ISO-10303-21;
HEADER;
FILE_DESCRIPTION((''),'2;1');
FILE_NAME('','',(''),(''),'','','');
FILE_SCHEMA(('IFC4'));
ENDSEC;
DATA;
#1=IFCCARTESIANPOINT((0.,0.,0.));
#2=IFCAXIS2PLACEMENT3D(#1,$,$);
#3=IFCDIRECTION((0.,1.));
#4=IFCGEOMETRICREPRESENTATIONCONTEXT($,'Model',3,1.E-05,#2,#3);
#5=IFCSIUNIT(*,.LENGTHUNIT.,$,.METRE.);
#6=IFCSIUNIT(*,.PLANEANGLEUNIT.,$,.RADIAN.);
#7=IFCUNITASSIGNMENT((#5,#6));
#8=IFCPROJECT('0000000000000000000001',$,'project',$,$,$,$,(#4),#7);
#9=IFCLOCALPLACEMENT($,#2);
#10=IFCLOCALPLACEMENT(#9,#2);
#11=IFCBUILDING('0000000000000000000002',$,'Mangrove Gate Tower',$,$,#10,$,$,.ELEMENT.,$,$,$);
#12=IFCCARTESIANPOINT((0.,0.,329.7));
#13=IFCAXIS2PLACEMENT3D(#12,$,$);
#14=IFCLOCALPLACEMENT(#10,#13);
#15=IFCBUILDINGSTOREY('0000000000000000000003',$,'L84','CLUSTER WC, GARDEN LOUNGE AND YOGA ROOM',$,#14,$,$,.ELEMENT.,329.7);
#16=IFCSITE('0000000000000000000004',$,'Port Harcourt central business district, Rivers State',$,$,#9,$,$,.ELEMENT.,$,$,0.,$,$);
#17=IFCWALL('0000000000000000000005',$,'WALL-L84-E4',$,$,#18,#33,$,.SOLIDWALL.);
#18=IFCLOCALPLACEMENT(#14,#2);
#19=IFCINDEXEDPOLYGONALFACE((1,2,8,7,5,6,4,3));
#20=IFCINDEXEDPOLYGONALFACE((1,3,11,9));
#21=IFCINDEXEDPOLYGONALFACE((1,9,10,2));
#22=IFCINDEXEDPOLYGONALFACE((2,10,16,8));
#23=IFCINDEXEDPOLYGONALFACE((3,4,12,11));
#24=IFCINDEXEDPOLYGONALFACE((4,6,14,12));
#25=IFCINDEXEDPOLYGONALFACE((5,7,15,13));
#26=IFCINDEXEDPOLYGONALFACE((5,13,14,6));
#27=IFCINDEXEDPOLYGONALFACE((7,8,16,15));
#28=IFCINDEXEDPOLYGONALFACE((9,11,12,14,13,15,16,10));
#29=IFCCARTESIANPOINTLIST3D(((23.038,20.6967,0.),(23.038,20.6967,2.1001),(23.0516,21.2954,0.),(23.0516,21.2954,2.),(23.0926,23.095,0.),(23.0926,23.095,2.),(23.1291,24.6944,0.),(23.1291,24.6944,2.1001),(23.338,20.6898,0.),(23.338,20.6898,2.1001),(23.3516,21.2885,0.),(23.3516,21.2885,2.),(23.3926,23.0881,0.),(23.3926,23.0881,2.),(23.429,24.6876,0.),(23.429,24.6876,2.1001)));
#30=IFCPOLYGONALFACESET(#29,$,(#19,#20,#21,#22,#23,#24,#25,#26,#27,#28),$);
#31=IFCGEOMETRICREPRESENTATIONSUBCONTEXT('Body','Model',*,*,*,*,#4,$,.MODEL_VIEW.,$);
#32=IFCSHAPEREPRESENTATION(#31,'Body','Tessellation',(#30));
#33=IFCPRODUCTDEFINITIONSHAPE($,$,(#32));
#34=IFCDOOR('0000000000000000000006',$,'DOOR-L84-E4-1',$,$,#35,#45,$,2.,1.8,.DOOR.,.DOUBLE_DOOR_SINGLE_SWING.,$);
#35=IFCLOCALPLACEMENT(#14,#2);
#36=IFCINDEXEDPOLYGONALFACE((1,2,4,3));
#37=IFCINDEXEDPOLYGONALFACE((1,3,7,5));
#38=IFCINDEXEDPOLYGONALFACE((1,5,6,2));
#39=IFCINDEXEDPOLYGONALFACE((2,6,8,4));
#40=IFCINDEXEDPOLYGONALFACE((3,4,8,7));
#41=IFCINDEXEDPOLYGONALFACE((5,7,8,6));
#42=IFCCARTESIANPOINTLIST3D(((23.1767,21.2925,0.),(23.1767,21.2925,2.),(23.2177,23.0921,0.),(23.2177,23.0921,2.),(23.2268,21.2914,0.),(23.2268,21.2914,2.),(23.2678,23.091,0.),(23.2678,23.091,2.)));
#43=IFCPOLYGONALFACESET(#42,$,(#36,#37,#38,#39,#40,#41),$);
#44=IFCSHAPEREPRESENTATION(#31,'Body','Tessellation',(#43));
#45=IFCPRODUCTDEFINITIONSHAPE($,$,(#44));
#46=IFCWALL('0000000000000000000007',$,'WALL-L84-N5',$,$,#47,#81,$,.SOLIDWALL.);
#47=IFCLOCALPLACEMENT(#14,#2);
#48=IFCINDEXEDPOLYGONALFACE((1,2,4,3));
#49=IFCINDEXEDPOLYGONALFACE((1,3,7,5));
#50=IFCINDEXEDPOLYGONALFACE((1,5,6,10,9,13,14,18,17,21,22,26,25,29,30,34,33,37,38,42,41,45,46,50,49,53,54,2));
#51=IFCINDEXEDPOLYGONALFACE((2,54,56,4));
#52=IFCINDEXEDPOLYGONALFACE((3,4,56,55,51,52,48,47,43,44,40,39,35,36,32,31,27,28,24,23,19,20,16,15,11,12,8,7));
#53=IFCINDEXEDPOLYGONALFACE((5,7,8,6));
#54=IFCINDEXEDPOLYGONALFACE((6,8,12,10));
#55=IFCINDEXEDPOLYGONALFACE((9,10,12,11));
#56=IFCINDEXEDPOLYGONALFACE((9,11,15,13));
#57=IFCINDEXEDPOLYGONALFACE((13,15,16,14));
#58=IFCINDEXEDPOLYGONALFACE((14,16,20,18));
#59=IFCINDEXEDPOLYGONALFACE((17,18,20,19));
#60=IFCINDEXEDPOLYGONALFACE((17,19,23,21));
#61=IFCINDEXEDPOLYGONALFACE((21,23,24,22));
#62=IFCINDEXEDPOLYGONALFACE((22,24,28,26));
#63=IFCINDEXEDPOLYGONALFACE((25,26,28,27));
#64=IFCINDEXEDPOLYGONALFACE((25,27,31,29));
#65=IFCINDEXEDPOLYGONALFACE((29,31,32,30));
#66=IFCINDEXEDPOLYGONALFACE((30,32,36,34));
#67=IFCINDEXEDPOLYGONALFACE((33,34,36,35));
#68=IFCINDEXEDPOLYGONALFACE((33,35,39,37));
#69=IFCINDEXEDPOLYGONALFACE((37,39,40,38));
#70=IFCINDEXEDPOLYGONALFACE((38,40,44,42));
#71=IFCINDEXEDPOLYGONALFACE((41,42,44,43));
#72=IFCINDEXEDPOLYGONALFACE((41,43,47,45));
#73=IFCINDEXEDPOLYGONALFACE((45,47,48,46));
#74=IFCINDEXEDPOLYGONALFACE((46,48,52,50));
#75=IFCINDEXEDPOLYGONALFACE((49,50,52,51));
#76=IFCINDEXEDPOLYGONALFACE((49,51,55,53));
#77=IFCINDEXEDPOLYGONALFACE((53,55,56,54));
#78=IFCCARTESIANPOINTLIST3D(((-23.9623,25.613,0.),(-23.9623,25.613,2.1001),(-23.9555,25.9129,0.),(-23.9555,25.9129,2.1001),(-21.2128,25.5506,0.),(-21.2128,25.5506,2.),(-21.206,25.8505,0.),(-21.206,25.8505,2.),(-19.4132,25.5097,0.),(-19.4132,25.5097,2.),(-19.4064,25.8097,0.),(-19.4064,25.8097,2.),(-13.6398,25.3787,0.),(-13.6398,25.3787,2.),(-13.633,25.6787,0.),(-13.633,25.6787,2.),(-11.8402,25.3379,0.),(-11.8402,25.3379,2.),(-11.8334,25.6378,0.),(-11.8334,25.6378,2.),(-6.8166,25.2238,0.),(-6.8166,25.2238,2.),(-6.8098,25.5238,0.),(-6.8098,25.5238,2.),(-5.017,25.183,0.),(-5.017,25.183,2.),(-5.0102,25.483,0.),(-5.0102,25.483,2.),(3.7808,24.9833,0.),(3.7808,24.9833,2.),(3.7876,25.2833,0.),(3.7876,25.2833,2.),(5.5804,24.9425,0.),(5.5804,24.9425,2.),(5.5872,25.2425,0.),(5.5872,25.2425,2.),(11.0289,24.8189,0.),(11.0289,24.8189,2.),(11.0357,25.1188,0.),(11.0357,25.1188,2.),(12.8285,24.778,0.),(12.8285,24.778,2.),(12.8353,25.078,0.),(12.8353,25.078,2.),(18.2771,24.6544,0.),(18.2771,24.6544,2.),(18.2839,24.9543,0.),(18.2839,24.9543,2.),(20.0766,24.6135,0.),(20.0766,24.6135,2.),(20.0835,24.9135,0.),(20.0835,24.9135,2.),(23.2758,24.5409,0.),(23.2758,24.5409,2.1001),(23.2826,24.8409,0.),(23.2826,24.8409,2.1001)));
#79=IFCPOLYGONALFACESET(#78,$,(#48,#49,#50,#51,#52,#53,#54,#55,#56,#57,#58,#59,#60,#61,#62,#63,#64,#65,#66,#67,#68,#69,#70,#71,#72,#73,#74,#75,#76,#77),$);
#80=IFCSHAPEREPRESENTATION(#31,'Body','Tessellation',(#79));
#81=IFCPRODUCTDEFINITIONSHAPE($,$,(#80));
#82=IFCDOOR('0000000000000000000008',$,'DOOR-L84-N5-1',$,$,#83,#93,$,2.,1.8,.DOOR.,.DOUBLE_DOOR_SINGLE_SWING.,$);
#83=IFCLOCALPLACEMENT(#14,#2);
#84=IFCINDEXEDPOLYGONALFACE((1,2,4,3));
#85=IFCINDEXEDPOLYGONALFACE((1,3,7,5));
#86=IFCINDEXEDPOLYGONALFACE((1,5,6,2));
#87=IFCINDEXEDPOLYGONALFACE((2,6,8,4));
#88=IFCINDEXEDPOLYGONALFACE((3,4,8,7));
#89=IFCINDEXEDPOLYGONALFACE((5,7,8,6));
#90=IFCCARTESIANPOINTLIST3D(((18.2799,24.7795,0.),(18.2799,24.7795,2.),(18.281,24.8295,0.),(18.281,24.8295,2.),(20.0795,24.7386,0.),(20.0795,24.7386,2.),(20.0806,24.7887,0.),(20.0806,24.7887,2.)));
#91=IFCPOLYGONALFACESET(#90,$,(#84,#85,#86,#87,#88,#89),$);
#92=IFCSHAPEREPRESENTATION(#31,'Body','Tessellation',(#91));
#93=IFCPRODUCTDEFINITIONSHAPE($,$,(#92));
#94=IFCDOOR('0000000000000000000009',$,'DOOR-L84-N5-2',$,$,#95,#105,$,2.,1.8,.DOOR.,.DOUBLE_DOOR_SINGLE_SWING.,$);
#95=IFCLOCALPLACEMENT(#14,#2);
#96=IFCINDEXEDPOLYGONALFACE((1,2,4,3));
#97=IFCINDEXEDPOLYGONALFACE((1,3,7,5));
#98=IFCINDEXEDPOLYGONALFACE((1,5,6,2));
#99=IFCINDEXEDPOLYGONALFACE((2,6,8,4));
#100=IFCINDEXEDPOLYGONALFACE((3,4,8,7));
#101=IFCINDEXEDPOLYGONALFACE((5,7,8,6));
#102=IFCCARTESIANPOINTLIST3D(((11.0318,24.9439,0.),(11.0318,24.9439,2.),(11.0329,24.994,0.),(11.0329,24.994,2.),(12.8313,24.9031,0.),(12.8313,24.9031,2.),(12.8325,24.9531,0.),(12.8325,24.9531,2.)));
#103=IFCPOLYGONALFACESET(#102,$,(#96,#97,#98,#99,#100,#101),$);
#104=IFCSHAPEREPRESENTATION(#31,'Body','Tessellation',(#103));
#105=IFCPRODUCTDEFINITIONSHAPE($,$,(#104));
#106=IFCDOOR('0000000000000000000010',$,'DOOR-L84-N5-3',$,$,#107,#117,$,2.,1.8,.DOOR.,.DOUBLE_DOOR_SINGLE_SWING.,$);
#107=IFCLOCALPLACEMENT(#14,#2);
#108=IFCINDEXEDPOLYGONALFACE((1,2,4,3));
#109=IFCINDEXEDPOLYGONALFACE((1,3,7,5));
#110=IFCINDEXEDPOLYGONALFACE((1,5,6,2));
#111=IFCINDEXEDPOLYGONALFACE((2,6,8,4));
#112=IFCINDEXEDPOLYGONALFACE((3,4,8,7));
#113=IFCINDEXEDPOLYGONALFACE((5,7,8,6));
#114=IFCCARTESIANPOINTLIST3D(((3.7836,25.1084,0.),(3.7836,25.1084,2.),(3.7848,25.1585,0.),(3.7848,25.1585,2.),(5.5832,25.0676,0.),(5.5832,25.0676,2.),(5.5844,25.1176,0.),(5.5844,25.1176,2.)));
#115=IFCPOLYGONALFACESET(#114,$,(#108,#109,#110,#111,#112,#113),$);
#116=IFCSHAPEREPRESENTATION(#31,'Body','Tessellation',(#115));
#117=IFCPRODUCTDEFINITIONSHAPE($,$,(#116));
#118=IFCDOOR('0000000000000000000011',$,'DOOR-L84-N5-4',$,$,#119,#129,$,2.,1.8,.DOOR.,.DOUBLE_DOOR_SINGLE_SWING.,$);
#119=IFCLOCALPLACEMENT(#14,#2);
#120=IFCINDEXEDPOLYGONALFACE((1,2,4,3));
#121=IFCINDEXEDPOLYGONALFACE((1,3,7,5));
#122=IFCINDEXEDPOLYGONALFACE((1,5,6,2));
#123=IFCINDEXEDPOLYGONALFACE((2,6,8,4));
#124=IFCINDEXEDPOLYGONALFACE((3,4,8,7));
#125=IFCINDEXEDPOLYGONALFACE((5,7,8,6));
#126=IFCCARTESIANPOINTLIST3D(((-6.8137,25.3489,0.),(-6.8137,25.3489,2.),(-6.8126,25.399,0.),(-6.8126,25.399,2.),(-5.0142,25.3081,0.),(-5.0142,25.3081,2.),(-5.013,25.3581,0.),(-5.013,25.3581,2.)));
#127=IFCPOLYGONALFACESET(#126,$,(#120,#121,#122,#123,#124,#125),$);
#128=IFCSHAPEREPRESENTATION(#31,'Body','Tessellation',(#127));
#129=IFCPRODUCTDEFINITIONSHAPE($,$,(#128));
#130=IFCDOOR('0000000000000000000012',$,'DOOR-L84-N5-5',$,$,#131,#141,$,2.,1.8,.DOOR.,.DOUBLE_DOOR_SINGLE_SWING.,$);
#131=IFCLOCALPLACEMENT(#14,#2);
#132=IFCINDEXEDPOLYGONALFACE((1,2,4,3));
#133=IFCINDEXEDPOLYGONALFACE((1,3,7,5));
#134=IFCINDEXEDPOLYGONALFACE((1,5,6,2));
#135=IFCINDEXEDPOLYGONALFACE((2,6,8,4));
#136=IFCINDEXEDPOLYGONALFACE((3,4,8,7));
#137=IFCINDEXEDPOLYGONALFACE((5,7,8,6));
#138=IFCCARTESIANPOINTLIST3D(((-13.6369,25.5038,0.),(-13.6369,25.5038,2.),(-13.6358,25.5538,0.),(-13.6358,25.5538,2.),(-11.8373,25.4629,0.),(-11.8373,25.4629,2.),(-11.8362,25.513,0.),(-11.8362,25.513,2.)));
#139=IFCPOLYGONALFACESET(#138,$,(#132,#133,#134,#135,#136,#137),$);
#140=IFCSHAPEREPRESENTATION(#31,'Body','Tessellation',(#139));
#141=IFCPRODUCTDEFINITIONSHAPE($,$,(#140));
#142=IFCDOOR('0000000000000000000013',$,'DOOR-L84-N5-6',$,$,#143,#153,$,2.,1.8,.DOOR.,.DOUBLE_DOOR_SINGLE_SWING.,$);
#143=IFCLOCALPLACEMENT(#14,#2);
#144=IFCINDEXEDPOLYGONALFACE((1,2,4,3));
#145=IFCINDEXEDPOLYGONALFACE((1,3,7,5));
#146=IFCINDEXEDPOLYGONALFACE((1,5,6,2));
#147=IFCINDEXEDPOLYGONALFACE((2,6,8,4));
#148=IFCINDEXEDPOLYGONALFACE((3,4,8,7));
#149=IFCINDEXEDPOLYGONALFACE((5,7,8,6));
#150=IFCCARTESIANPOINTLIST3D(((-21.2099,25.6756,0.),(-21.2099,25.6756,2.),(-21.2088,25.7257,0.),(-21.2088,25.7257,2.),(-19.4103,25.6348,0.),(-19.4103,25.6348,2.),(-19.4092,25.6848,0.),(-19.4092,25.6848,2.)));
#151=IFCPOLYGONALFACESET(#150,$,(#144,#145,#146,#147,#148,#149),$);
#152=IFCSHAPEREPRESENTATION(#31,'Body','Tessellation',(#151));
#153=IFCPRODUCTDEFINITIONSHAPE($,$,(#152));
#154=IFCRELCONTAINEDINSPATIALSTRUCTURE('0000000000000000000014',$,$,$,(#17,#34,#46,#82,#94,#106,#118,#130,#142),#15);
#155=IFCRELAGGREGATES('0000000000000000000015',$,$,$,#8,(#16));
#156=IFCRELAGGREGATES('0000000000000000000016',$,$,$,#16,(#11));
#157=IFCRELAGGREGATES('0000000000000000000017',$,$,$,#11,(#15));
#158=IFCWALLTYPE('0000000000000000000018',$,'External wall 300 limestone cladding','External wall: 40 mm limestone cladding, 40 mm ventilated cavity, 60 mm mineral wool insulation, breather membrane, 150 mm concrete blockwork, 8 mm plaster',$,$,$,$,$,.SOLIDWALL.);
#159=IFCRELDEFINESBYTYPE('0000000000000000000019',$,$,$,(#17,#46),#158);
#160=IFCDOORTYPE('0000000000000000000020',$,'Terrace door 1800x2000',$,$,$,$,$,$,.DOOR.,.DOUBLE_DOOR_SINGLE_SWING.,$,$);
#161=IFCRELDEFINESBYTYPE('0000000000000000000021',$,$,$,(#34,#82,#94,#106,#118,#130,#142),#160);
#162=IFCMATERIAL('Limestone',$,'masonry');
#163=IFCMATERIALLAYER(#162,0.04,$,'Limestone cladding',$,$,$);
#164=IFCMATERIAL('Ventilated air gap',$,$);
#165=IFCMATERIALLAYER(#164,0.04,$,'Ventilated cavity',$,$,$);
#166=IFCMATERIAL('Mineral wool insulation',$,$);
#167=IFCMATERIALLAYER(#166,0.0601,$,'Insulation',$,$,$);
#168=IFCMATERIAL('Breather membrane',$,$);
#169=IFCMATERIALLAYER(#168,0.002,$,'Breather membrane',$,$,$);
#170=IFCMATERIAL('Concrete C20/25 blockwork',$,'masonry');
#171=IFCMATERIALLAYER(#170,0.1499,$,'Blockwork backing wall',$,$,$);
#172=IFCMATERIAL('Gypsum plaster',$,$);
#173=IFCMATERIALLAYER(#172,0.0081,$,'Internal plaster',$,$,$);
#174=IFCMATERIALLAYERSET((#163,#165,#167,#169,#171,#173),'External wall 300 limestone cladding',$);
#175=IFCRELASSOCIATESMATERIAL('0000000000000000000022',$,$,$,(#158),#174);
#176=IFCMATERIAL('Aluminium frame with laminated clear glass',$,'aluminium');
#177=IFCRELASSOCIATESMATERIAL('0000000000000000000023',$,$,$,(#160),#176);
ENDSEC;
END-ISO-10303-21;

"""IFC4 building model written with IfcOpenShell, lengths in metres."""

from ifc_helpers import new_model, si_unit, direction, frame, frame_2d, origin, place, context, subcontext, project, spatial, rectangle, extrude, material, layer, layer_set, type_object, element, fill, save


model = new_model("IFC4")

# Units and contexts
model_context = context("Model", 3, precision=1e-05, world=origin(), true_north=direction((0.0, 1.0)))
body_context = subcontext(model_context, "Body", "Model", "MODEL_VIEW")
ifc_project = project(units=[si_unit("LENGTHUNIT", "METRE"), si_unit("PLANEANGLEUNIT", "RADIAN")], contexts=[model_context])

# Site, building, storey
site_placement = place(None, origin())
site = spatial("IfcSite", under=ifc_project, at=site_placement, Name="Port Harcourt central business district, Rivers State", CompositionType="ELEMENT", RefElevation=0.0)
building_placement = place(site_placement, origin())
building = spatial("IfcBuilding", under=site, at=building_placement, Name="Mangrove Gate Tower", CompositionType="ELEMENT")
storey_placement = place(building_placement, frame((0.0, 0.0, 329.7)))
storey = spatial("IfcBuildingStorey", under=building, at=storey_placement, Name="L84", Description="CLUSTER WC, GARDEN LOUNGE AND YOGA ROOM", CompositionType="ELEMENT", Elevation=329.7)

# Wall, opening, door
ifc_material_1 = material(Name="Limestone", Category="masonry")
ifc_layer_1 = layer(ifc_material_1, 0.04, Name="Limestone cladding")
ifc_material_2 = material(Name="Ventilated air gap")
ifc_layer_2 = layer(ifc_material_2, 0.04, Name="Ventilated cavity")
ifc_material_3 = material(Name="Mineral wool insulation")
ifc_layer_3 = layer(ifc_material_3, 0.0601, Name="Insulation")
ifc_material_4 = material(Name="Breather membrane")
ifc_layer_4 = layer(ifc_material_4, 0.002, Name="Breather membrane")
ifc_material_5 = material(Name="Concrete C20/25 blockwork", Category="masonry")
ifc_layer_5 = layer(ifc_material_5, 0.1499, Name="Blockwork backing wall")
ifc_material_6 = material(Name="Gypsum plaster")
ifc_layer_6 = layer(ifc_material_6, 0.0081, Name="Internal plaster")
ifc_layer_set_1 = layer_set([ifc_layer_1, ifc_layer_2, ifc_layer_3, ifc_layer_4, ifc_layer_5, ifc_layer_6], Name="External wall 300 limestone cladding")
wall_type_1 = type_object("IfcWallType", Name="External wall 300 limestone cladding", Description="External wall: 40 mm limestone cladding, 40 mm ventilated cavity, 60 mm mineral wool insulation, breather membrane, 150 mm concrete blockwork, 8 mm plaster", PredefinedType="SOLIDWALL", material=ifc_layer_set_1)
wall_1_placement = place(storey_placement, frame((23.188, 20.6931, 0.0), z_axis=(0.0, 0.0, 1.0), x_axis=(0.022773, 0.999741, 0.0)))
wall_1 = element("IfcWall", 1, at=wall_1_placement, inside=storey, type_object=wall_type_1, Name="WALL-L84-E4", PredefinedType="SOLIDWALL", context=body_context, shape_type="SweptSolid", body=[
    extrude(rectangle(XDim=3.9988, YDim=0.3, at=frame_2d((1.9995, 0.0))), origin(), (0.0, 0.0, 1.0), 2.1001),
])
opening_1_placement = place(wall_1_placement, frame((0.5991, 0.0, 0.0)))
opening_1 = element("IfcOpeningElement", 2, at=opening_1_placement, cuts=wall_1, PredefinedType="OPENING", context=body_context, shape_type="SweptSolid", body=[
    extrude(rectangle(XDim=1.8, YDim=2.0, at=frame_2d((0.8999, 1.0))), frame((0.0, 0.1599, 0.0), z_axis=(0.0, -1.0, 0.0), x_axis=(1.0, 0.0, 0.0)), (0.0, 0.0, 1.0), 0.3201),
])
ifc_material_7 = material(Name="Aluminium frame with laminated clear glass", Category="aluminium")
door_type_1 = type_object("IfcDoorType", Name="Terrace door 1800x2000", OperationType="DOUBLE_DOOR_SINGLE_SWING", PredefinedType="DOOR", material=ifc_material_7)
door_1_placement = place(opening_1_placement, origin())
door_1 = element("IfcDoor", 3, at=door_1_placement, inside=storey, type_object=door_type_1, Name="DOOR-L84-E4-1", OperationType="DOUBLE_DOOR_SINGLE_SWING", OverallHeight=2.0, OverallWidth=1.8, PredefinedType="DOOR", context=body_context, shape_type="SweptSolid", body=[
    extrude(rectangle(XDim=1.8, YDim=2.0, at=frame_2d((0.8999, 1.0))), frame((0.0, 0.0249, 0.0), z_axis=(0.0, -1.0, 0.0), x_axis=(1.0, 0.0, 0.0)), (0.0, 0.0, 1.0), 0.05),
])
fill(opening_1, door_1)

# Wall, openings, doors
wall_2_placement = place(storey_placement, frame((23.2791, 24.6909, 0.0), z_axis=(0.0, 0.0, 1.0), x_axis=(-0.999743, 0.022688, 0.0)))
wall_2 = element("IfcWall", 4, at=wall_2_placement, inside=storey, type_object=wall_type_1, Name="WALL-L84-N5", PredefinedType="SOLIDWALL", context=body_context, shape_type="SweptSolid", body=[
    extrude(rectangle(XDim=47.2502, YDim=0.3, at=frame_2d((23.625, 0.0))), origin(), (0.0, 0.0, 1.0), 2.1001),
])
opening_2_placement = place(wall_2_placement, frame((3.2, 0.0, 0.0)))
opening_2 = element("IfcOpeningElement", 5, at=opening_2_placement, cuts=wall_2, PredefinedType="OPENING", context=body_context, shape_type="SweptSolid", body=[
    extrude(rectangle(XDim=1.8, YDim=2.0, at=frame_2d((0.8999, 1.0))), frame((0.0, 0.1599, 0.0), z_axis=(0.0, -1.0, 0.0), x_axis=(1.0, 0.0, 0.0)), (0.0, 0.0, 1.0), 0.3201),
])
opening_3_placement = place(wall_2_placement, frame((10.45, 0.0, 0.0)))
opening_3 = element("IfcOpeningElement", 6, at=opening_3_placement, cuts=wall_2, PredefinedType="OPENING", context=body_context, shape_type="SweptSolid", body=[
    extrude(rectangle(XDim=1.8, YDim=2.0, at=frame_2d((0.8999, 1.0))), frame((0.0, 0.1599, 0.0), z_axis=(0.0, -1.0, 0.0), x_axis=(1.0, 0.0, 0.0)), (0.0, 0.0, 1.0), 0.3201),
])
opening_4_placement = place(wall_2_placement, frame((17.7, 0.0, 0.0)))
opening_4 = element("IfcOpeningElement", 7, at=opening_4_placement, cuts=wall_2, PredefinedType="OPENING", context=body_context, shape_type="SweptSolid", body=[
    extrude(rectangle(XDim=1.8, YDim=2.0, at=frame_2d((0.8999, 1.0))), frame((0.0, 0.1599, 0.0), z_axis=(0.0, -1.0, 0.0), x_axis=(1.0, 0.0, 0.0)), (0.0, 0.0, 1.0), 0.3201),
])
opening_5_placement = place(wall_2_placement, frame((28.3, 0.0, 0.0)))
opening_5 = element("IfcOpeningElement", 8, at=opening_5_placement, cuts=wall_2, PredefinedType="OPENING", context=body_context, shape_type="SweptSolid", body=[
    extrude(rectangle(XDim=1.8, YDim=2.0, at=frame_2d((0.8999, 1.0))), frame((0.0, 0.1599, 0.0), z_axis=(0.0, -1.0, 0.0), x_axis=(1.0, 0.0, 0.0)), (0.0, 0.0, 1.0), 0.3201),
])
opening_6_placement = place(wall_2_placement, frame((35.125, 0.0, 0.0)))
opening_6 = element("IfcOpeningElement", 9, at=opening_6_placement, cuts=wall_2, PredefinedType="OPENING", context=body_context, shape_type="SweptSolid", body=[
    extrude(rectangle(XDim=1.8, YDim=2.0, at=frame_2d((0.8999, 1.0))), frame((0.0, 0.1599, 0.0), z_axis=(0.0, -1.0, 0.0), x_axis=(1.0, 0.0, 0.0)), (0.0, 0.0, 1.0), 0.3201),
])
opening_7_placement = place(wall_2_placement, frame((42.7, 0.0, 0.0)))
opening_7 = element("IfcOpeningElement", 10, at=opening_7_placement, cuts=wall_2, PredefinedType="OPENING", context=body_context, shape_type="SweptSolid", body=[
    extrude(rectangle(XDim=1.8, YDim=2.0, at=frame_2d((0.8999, 1.0))), frame((0.0, 0.1599, 0.0), z_axis=(0.0, -1.0, 0.0), x_axis=(1.0, 0.0, 0.0)), (0.0, 0.0, 1.0), 0.3201),
])
door_2_placement = place(opening_2_placement, origin())
door_2 = element("IfcDoor", 11, at=door_2_placement, inside=storey, type_object=door_type_1, Name="DOOR-L84-N5-1", OperationType="DOUBLE_DOOR_SINGLE_SWING", OverallHeight=2.0, OverallWidth=1.8, PredefinedType="DOOR", context=body_context, shape_type="SweptSolid", body=[
    extrude(rectangle(XDim=1.8, YDim=2.0, at=frame_2d((0.8999, 1.0))), frame((0.0, 0.0249, 0.0), z_axis=(0.0, -1.0, 0.0), x_axis=(1.0, 0.0, 0.0)), (0.0, 0.0, 1.0), 0.05),
])
fill(opening_2, door_2)
door_3_placement = place(opening_3_placement, origin())
door_3 = element("IfcDoor", 12, at=door_3_placement, inside=storey, type_object=door_type_1, Name="DOOR-L84-N5-2", OperationType="DOUBLE_DOOR_SINGLE_SWING", OverallHeight=2.0, OverallWidth=1.8, PredefinedType="DOOR", context=body_context, shape_type="SweptSolid", body=[
    extrude(rectangle(XDim=1.8, YDim=2.0, at=frame_2d((0.8999, 1.0))), frame((0.0, 0.0249, 0.0), z_axis=(0.0, -1.0, 0.0), x_axis=(1.0, 0.0, 0.0)), (0.0, 0.0, 1.0), 0.05),
])
fill(opening_3, door_3)
door_4_placement = place(opening_4_placement, origin())
door_4 = element("IfcDoor", 13, at=door_4_placement, inside=storey, type_object=door_type_1, Name="DOOR-L84-N5-3", OperationType="DOUBLE_DOOR_SINGLE_SWING", OverallHeight=2.0, OverallWidth=1.8, PredefinedType="DOOR", context=body_context, shape_type="SweptSolid", body=[
    extrude(rectangle(XDim=1.8, YDim=2.0, at=frame_2d((0.8999, 1.0))), frame((0.0, 0.0249, 0.0), z_axis=(0.0, -1.0, 0.0), x_axis=(1.0, 0.0, 0.0)), (0.0, 0.0, 1.0), 0.05),
])
fill(opening_4, door_4)
door_5_placement = place(opening_5_placement, origin())
door_5 = element("IfcDoor", 14, at=door_5_placement, inside=storey, type_object=door_type_1, Name="DOOR-L84-N5-4", OperationType="DOUBLE_DOOR_SINGLE_SWING", OverallHeight=2.0, OverallWidth=1.8, PredefinedType="DOOR", context=body_context, shape_type="SweptSolid", body=[
    extrude(rectangle(XDim=1.8, YDim=2.0, at=frame_2d((0.8999, 1.0))), frame((0.0, 0.0249, 0.0), z_axis=(0.0, -1.0, 0.0), x_axis=(1.0, 0.0, 0.0)), (0.0, 0.0, 1.0), 0.05),
])
fill(opening_5, door_5)
door_6_placement = place(opening_6_placement, origin())
door_6 = element("IfcDoor", 15, at=door_6_placement, inside=storey, type_object=door_type_1, Name="DOOR-L84-N5-5", OperationType="DOUBLE_DOOR_SINGLE_SWING", OverallHeight=2.0, OverallWidth=1.8, PredefinedType="DOOR", context=body_context, shape_type="SweptSolid", body=[
    extrude(rectangle(XDim=1.8, YDim=2.0, at=frame_2d((0.8999, 1.0))), frame((0.0, 0.0249, 0.0), z_axis=(0.0, -1.0, 0.0), x_axis=(1.0, 0.0, 0.0)), (0.0, 0.0, 1.0), 0.05),
])
fill(opening_6, door_6)
door_7_placement = place(opening_7_placement, origin())
door_7 = element("IfcDoor", 16, at=door_7_placement, inside=storey, type_object=door_type_1, Name="DOOR-L84-N5-6", OperationType="DOUBLE_DOOR_SINGLE_SWING", OverallHeight=2.0, OverallWidth=1.8, PredefinedType="DOOR", context=body_context, shape_type="SweptSolid", body=[
    extrude(rectangle(XDim=1.8, YDim=2.0, at=frame_2d((0.8999, 1.0))), frame((0.0, 0.0249, 0.0), z_axis=(0.0, -1.0, 0.0), x_axis=(1.0, 0.0, 0.0)), (0.0, 0.0, 1.0), 0.05),
])
fill(opening_7, door_7)

save(model, "model.ifc")
